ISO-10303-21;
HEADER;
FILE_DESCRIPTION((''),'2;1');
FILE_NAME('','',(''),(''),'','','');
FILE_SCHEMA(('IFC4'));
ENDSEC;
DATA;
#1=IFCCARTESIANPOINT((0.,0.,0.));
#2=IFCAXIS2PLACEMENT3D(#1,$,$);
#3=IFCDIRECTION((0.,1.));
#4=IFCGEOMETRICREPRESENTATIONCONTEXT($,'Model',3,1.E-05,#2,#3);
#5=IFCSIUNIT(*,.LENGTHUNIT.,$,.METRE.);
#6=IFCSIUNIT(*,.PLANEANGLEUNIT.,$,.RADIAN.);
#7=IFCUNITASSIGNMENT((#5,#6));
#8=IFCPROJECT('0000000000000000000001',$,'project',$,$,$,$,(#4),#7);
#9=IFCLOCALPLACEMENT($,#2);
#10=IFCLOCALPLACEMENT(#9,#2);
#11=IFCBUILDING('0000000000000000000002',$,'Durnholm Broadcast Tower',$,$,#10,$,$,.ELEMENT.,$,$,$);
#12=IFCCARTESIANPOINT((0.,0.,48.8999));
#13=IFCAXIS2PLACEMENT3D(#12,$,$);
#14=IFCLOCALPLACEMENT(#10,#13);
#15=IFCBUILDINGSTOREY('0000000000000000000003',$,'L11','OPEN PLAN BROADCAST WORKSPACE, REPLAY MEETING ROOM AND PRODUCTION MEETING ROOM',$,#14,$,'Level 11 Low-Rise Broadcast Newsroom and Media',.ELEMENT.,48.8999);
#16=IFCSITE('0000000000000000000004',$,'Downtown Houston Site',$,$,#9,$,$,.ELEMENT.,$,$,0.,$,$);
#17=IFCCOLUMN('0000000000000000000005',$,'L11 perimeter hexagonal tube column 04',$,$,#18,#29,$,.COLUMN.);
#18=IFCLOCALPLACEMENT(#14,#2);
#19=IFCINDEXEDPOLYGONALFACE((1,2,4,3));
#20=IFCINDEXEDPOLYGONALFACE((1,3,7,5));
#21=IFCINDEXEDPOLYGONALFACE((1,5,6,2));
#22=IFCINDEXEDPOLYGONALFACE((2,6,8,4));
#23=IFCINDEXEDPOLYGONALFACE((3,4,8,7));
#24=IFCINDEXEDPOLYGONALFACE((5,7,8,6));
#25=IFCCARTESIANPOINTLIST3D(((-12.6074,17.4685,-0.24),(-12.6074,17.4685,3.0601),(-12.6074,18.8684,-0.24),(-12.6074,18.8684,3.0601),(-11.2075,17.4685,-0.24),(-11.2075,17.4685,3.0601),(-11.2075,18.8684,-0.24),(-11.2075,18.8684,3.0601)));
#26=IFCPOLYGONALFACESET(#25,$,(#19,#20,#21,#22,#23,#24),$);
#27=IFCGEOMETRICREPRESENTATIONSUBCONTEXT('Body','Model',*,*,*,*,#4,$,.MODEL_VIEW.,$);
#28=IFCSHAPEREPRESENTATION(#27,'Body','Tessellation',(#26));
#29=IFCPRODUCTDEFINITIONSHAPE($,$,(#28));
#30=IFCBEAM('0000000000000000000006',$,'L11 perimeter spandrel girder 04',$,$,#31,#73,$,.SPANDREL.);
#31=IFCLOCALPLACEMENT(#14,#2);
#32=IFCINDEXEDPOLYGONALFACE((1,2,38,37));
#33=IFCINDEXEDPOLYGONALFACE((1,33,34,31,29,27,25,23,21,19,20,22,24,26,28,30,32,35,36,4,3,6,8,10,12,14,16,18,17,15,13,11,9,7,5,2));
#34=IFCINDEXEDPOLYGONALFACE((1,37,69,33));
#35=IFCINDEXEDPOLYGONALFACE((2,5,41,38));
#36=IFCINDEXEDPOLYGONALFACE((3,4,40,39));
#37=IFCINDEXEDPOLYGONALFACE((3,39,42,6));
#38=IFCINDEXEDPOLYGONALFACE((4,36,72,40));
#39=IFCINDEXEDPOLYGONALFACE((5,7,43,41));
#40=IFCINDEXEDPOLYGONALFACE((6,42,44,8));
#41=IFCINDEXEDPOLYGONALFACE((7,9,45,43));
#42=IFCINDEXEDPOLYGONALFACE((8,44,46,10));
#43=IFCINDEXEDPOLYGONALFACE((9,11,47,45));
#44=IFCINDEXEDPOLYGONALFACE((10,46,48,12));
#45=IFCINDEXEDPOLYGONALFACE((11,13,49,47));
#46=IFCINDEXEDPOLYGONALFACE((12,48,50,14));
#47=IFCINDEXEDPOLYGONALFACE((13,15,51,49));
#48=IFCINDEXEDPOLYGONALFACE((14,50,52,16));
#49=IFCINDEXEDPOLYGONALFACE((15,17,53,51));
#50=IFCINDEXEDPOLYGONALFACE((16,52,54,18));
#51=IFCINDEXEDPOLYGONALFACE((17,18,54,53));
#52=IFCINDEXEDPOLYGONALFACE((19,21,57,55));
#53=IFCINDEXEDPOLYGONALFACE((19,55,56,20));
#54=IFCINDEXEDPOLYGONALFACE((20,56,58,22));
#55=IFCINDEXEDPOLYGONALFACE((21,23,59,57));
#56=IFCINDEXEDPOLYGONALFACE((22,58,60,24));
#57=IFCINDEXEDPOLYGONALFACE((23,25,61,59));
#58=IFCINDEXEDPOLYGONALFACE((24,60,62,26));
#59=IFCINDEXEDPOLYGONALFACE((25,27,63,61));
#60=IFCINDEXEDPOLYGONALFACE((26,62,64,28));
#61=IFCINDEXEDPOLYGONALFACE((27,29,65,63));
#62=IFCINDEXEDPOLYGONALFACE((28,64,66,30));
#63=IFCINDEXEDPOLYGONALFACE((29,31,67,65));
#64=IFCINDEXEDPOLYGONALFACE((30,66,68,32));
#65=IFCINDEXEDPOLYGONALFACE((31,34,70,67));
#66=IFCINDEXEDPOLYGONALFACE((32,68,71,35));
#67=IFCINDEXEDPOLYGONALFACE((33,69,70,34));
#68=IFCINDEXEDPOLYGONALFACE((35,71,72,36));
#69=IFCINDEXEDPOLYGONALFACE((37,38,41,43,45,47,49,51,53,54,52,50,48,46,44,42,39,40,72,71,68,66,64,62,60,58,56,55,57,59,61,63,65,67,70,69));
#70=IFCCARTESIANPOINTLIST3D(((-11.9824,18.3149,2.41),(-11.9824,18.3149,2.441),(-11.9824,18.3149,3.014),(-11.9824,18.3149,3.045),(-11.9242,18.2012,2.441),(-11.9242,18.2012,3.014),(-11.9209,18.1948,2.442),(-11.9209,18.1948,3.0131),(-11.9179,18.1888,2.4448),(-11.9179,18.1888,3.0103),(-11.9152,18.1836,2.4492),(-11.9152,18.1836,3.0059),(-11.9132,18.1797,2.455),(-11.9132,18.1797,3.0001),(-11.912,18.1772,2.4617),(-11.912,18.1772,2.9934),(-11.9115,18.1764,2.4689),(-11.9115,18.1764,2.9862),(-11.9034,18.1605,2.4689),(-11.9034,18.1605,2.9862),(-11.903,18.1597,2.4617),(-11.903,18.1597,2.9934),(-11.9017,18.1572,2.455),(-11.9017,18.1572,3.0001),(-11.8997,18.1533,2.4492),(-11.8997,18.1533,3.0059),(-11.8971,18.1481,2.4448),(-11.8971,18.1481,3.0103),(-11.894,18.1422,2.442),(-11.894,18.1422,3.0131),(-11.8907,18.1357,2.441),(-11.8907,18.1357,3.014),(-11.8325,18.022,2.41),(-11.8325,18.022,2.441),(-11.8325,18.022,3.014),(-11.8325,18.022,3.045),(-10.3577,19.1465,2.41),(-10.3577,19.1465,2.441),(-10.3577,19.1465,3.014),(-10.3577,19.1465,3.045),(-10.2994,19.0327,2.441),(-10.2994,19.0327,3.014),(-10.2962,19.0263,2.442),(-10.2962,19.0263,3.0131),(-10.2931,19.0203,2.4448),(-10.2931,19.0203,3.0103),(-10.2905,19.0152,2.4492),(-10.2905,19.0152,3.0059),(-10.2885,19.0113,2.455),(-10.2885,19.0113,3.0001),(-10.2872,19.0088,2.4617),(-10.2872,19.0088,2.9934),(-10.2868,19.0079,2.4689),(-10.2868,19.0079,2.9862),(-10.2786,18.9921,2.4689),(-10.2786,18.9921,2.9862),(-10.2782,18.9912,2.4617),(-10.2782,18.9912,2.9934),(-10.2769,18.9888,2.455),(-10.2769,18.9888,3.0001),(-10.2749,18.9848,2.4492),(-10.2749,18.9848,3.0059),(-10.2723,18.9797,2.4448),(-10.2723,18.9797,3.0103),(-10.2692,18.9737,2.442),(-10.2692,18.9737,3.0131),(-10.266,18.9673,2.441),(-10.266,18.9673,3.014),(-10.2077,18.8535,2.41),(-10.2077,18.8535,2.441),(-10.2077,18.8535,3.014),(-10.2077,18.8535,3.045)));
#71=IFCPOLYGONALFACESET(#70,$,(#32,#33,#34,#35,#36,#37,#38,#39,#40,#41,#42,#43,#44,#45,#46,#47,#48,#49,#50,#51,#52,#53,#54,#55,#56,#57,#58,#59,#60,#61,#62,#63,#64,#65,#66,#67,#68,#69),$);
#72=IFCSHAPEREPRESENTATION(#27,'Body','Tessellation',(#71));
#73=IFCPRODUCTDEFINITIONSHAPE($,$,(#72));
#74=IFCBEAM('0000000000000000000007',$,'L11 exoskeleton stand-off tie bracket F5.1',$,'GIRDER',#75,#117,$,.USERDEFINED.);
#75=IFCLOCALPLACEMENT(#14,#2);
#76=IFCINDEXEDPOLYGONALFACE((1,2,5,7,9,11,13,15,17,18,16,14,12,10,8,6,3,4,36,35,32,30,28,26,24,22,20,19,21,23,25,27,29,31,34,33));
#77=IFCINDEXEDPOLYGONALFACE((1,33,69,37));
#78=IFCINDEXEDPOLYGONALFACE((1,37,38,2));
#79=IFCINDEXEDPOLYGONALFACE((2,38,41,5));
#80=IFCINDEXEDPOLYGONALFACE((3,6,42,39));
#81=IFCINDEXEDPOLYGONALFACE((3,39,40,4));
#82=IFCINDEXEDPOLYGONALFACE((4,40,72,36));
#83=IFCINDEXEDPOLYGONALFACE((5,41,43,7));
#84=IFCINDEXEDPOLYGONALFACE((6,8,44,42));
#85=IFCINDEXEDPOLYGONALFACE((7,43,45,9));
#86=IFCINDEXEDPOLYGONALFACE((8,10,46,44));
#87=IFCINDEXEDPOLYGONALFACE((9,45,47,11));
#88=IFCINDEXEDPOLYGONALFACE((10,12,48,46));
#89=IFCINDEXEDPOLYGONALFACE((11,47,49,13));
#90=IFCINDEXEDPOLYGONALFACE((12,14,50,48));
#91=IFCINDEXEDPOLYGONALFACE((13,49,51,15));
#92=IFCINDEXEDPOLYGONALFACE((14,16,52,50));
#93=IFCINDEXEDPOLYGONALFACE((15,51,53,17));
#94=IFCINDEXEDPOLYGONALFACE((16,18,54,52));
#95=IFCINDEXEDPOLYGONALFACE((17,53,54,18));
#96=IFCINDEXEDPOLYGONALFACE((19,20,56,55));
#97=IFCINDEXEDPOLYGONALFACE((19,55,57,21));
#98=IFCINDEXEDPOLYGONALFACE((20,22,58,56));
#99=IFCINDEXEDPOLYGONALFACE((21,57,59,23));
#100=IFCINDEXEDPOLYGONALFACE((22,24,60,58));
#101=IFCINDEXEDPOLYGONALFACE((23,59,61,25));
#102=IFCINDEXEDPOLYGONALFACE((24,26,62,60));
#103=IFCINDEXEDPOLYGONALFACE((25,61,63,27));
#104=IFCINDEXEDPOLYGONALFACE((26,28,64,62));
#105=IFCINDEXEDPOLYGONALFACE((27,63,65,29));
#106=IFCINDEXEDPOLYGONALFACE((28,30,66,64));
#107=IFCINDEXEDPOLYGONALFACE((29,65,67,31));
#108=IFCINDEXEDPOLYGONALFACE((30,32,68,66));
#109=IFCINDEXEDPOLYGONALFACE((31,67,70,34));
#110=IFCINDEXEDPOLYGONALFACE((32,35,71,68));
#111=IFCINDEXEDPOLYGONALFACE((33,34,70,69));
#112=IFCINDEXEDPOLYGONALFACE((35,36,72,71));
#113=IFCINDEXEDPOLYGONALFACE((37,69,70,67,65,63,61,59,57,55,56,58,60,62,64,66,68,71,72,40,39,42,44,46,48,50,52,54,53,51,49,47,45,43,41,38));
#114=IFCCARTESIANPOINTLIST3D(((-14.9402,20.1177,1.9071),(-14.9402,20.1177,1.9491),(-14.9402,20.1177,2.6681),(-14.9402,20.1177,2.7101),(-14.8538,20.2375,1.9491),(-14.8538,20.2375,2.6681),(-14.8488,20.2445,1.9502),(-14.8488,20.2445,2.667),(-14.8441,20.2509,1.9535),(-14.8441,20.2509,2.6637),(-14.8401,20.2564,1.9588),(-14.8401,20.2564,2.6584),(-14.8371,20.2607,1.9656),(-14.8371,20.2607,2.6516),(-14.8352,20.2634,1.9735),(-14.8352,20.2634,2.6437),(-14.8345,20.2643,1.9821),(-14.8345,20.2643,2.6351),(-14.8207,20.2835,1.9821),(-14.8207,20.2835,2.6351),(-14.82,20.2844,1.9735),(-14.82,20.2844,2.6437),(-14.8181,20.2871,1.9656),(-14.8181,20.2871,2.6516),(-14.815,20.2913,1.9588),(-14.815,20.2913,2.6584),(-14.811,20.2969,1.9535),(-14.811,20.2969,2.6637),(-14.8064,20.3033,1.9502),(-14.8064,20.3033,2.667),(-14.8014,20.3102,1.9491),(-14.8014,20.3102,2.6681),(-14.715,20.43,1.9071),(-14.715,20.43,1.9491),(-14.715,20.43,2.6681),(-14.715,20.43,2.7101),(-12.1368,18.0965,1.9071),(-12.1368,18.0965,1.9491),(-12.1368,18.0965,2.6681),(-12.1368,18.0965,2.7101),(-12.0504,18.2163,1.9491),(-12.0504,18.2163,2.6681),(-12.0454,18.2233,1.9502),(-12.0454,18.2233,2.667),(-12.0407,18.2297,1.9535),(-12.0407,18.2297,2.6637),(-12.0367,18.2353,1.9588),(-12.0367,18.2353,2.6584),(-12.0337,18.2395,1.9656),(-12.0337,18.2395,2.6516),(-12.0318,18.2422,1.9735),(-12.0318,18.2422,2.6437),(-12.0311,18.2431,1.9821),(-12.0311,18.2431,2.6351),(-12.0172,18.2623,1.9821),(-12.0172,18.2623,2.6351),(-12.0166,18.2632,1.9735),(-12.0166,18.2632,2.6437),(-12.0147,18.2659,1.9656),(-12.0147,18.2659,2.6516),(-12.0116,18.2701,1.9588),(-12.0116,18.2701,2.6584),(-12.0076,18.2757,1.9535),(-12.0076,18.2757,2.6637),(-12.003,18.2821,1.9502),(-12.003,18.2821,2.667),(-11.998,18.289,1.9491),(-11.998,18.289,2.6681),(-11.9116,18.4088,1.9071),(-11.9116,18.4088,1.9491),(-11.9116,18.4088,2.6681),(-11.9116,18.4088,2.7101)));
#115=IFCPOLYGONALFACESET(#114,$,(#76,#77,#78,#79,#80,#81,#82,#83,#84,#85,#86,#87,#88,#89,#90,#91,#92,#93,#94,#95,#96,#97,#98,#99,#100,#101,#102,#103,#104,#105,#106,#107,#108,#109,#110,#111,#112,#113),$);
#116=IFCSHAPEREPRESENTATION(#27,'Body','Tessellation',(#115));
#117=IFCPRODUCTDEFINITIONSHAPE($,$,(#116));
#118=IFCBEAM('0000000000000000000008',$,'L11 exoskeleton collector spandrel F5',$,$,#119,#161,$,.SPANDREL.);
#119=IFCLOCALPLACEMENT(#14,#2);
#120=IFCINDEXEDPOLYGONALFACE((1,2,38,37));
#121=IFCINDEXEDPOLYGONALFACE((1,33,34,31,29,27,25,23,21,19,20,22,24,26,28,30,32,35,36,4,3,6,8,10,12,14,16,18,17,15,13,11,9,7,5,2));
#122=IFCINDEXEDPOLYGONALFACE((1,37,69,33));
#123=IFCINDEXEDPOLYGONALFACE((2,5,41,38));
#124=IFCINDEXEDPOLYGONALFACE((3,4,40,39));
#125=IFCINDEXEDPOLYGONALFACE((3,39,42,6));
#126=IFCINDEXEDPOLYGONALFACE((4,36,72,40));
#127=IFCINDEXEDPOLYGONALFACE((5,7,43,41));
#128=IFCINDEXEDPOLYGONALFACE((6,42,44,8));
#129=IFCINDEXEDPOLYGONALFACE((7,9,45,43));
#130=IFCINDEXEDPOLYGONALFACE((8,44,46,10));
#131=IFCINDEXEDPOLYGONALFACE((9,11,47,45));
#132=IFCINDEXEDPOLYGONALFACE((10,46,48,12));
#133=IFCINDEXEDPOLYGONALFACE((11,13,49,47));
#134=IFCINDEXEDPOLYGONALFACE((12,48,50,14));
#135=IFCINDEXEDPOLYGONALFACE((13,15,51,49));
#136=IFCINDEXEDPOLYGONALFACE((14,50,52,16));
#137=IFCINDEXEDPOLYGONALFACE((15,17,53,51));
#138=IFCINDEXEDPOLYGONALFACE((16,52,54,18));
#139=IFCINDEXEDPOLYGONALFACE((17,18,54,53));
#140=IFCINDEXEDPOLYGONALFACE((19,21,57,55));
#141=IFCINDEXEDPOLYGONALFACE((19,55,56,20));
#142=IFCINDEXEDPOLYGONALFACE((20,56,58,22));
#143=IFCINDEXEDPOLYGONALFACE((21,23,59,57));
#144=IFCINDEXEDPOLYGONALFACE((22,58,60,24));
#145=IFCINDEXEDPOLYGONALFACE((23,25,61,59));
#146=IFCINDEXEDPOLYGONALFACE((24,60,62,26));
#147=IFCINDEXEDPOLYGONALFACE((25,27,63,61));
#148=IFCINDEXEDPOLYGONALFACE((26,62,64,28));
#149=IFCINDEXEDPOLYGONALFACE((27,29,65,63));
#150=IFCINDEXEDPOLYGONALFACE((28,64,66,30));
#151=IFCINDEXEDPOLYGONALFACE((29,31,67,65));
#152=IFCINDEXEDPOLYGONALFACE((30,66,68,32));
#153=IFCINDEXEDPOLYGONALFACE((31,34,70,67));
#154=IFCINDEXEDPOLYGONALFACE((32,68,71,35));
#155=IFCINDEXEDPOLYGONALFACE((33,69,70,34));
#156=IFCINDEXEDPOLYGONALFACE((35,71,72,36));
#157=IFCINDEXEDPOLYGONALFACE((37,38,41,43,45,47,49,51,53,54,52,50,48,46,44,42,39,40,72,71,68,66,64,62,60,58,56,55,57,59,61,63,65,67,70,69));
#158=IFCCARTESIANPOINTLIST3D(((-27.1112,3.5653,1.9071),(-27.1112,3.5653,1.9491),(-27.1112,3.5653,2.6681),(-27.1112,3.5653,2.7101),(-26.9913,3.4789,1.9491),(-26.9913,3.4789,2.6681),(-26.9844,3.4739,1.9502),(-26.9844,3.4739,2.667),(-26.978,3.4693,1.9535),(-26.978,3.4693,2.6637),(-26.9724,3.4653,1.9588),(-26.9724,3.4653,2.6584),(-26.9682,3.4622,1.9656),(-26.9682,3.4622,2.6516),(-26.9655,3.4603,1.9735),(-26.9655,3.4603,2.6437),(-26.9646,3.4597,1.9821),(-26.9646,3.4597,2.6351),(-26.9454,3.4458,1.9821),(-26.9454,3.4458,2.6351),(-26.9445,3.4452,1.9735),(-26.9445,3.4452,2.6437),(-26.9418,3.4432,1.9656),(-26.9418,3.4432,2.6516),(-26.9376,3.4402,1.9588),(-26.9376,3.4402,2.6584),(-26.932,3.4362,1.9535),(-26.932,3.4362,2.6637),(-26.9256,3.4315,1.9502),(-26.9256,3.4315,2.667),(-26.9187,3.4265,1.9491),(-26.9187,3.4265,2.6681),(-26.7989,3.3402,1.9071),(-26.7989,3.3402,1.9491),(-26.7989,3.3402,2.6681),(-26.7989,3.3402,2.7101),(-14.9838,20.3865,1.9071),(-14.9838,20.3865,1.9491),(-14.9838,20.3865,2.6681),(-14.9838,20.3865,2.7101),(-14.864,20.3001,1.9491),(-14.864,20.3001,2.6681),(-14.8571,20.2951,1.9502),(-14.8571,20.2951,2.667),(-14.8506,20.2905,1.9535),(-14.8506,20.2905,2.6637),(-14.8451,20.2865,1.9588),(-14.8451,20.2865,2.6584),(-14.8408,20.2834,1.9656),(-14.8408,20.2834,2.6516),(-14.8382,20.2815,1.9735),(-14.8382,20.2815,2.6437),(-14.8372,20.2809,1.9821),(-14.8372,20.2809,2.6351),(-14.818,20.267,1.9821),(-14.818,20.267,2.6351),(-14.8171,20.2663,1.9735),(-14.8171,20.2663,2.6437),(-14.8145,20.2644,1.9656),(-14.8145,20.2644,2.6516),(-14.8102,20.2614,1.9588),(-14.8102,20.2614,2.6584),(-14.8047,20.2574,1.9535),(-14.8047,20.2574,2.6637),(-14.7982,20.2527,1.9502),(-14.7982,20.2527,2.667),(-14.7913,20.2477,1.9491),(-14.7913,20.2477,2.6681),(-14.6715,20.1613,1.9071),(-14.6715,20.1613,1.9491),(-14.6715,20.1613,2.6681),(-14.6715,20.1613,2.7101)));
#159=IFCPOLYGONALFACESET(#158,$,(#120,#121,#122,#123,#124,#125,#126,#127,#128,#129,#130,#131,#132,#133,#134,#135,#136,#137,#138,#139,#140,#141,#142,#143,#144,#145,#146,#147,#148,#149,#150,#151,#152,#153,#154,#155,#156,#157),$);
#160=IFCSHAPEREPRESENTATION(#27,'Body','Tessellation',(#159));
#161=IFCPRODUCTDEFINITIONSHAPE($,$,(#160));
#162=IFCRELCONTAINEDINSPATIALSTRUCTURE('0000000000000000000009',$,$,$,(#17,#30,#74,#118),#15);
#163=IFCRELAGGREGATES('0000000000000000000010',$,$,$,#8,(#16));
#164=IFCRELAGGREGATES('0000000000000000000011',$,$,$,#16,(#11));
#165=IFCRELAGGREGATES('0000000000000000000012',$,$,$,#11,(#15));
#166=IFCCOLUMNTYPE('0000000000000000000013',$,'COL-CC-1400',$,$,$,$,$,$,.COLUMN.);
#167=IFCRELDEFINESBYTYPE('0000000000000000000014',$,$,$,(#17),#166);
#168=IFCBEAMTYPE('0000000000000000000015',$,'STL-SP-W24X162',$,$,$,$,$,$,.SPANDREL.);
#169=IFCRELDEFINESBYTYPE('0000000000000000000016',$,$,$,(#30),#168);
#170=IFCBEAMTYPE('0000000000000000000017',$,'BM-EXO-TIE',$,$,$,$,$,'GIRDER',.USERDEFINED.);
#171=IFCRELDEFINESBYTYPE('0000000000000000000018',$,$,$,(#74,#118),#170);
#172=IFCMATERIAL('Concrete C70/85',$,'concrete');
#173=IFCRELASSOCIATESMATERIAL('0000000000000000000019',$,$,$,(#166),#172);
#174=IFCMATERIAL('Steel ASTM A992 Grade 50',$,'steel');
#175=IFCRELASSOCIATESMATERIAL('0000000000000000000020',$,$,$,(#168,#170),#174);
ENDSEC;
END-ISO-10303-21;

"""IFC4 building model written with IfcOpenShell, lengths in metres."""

from ifc_helpers import new_model, si_unit, direction, frame, origin, origin_2d, place, context, subcontext, project, spatial, rectangle, i_section, extrude, source, transform, mapped, material, material_profile, profile_set, type_object, type_shapes, element, save


model = new_model("IFC4")

# Units and contexts
model_context = context("Model", 3, precision=1e-05, world=origin(), true_north=direction((0.0, 1.0)))
body_context = subcontext(model_context, "Body", "Model", "MODEL_VIEW")
ifc_project = project(units=[si_unit("LENGTHUNIT", "METRE"), si_unit("PLANEANGLEUNIT", "RADIAN")], contexts=[model_context])

# Site, building, storey
site_placement = place(None, origin())
site = spatial("IfcSite", under=ifc_project, at=site_placement, Name="Downtown Houston Site", CompositionType="ELEMENT", RefElevation=0.0)
building_placement = place(site_placement, origin())
building = spatial("IfcBuilding", under=site, at=building_placement, Name="Durnholm Broadcast Tower", CompositionType="ELEMENT")
storey_placement = place(building_placement, frame((0.0, 0.0, 48.8999)))
storey = spatial("IfcBuildingStorey", under=building, at=storey_placement, Name="L11", Description="OPEN PLAN BROADCAST WORKSPACE, REPLAY MEETING ROOM AND PRODUCTION MEETING ROOM", LongName="Level 11 Low-Rise Broadcast Newsroom and Media", CompositionType="ELEMENT", Elevation=48.8999)

# Column
ifc_material_1 = material(Name="Concrete C70/85", Category="concrete")
ifc_material_profile_1 = material_profile(ifc_material_1, rectangle(XDim=1.3999, YDim=1.3999, at=origin_2d()), Name="RC1400X1400")
ifc_profile_set_1 = profile_set([ifc_material_profile_1], Name="Concrete C70/85")
column_type = type_object("IfcColumnType", Name="COL-CC-1400", PredefinedType="COLUMN", material=ifc_profile_set_1)
shared_shape_1 = source(origin(), body_context, "Body", "SweptSolid", [
    extrude(rectangle(XDim=1.3999, YDim=1.3999, at=origin_2d()), origin(), (0.0, 0.0, 1.0), 3.3),
])
type_shapes(column_type, [shared_shape_1])
column_placement = place(storey_placement, frame((-11.9075, 18.1685, -0.24), z_axis=(0.0, 0.0, 1.0), x_axis=(1.0, 0.0, 0.0)))
element("IfcColumn", 1, at=column_placement, inside=storey, type_object=column_type, Name="L11 perimeter hexagonal tube column 04", PredefinedType="COLUMN", context=body_context, shape_type="MappedRepresentation", body=[
    mapped(shared_shape_1, transform((0.0, 0.0, 0.0), x_axis=(1.0, 0.0, 0.0), y_axis=(0.0, 1.0, 0.0), z_axis=(0.0, 0.0, 1.0), scale=1.0)),
])

# Beams
ifc_material_2 = material(Name="Steel ASTM A992 Grade 50", Category="steel")
ifc_material_profile_2 = material_profile(ifc_material_2, i_section(OverallWidth=0.3291, OverallDepth=0.635, WebThickness=0.0178, FlangeThickness=0.031, FilletRadius=0.0278, at=origin_2d()), Name="W24X162")
ifc_profile_set_2 = profile_set([ifc_material_profile_2], Name="Steel ASTM A992 Grade 50")
beam_type_1 = type_object("IfcBeamType", Name="STL-SP-W24X162", PredefinedType="SPANDREL", material=ifc_profile_set_2)
shared_shape_2 = source(origin(), body_context, "Body", "SweptSolid", [
    extrude(i_section(OverallWidth=0.3291, OverallDepth=0.635, WebThickness=0.0178, FlangeThickness=0.031, FilletRadius=0.0278, at=origin_2d()), origin(), (0.0, 0.0, 1.0), 1.8252),
])
type_shapes(beam_type_1, [shared_shape_2])
beam_1_placement = place(storey_placement, frame((-11.9075, 18.1685, 2.7275), z_axis=(0.890188, 0.455594, 0.0), x_axis=(-0.455594, 0.890188, 0.0)))
element("IfcBeam", 2, at=beam_1_placement, inside=storey, type_object=beam_type_1, Name="L11 perimeter spandrel girder 04", PredefinedType="SPANDREL", context=body_context, shape_type="MappedRepresentation", body=[
    mapped(shared_shape_2, transform((0.0, 0.0, 0.0), x_axis=(1.0, 0.0, 0.0), y_axis=(0.0, 1.0, 0.0), z_axis=(0.0, 0.0, 1.0), scale=1.0)),
])
ifc_material_profile_3 = material_profile(ifc_material_2, i_section(OverallWidth=0.385, OverallDepth=0.803, WebThickness=0.0237, FlangeThickness=0.042, FilletRadius=0.033, at=origin_2d()), Name="W30X261")
ifc_profile_set_3 = profile_set([ifc_material_profile_3], Name="Steel ASTM A992 Grade 50")
beam_type_2 = type_object("IfcBeamType", Name="BM-EXO-TIE", ElementType="GIRDER", PredefinedType="USERDEFINED", material=ifc_profile_set_3)
shared_shape_3 = source(origin(), body_context, "Body", "SweptSolid", [
    extrude(i_section(OverallWidth=0.385, OverallDepth=0.803, WebThickness=0.0237, FlangeThickness=0.042, FilletRadius=0.033, at=origin_2d()), origin(), (0.0, 0.0, 1.0), 3.4561),
])
beam_2_placement = place(storey_placement, frame((-12.0242, 18.2527, 2.3086), z_axis=(-0.811158, 0.584828, 0.0), x_axis=(-0.584828, -0.811158, 0.0)))
element("IfcBeam", 3, at=beam_2_placement, inside=storey, type_object=beam_type_2, Name="L11 exoskeleton stand-off tie bracket F5.1", ObjectType="GIRDER", PredefinedType="USERDEFINED", context=body_context, shape_type="MappedRepresentation", body=[
    mapped(shared_shape_3, transform((0.0, 0.0, 0.0), x_axis=(1.0, 0.0, 0.0), y_axis=(0.0, 1.0, 0.0), z_axis=(0.0, 0.0, 1.0), scale=1.0)),
])
shared_shape_4 = source(origin(), body_context, "Body", "SweptSolid", [
    extrude(i_section(OverallWidth=0.385, OverallDepth=0.803, WebThickness=0.0237, FlangeThickness=0.042, FilletRadius=0.033, at=origin_2d()), origin(), (0.0, 0.0, 1.0), 20.7371),
])
type_shapes(beam_type_2, [shared_shape_3, shared_shape_4])
beam_3_placement = place(storey_placement, frame((-14.8276, 20.2739, 2.3086), z_axis=(-0.584816, -0.811166, 0.0), x_axis=(0.811166, -0.584816, 0.0)))
element("IfcBeam", 4, at=beam_3_placement, inside=storey, type_object=beam_type_2, Name="L11 exoskeleton collector spandrel F5", PredefinedType="SPANDREL", context=body_context, shape_type="MappedRepresentation", body=[
    mapped(shared_shape_4, transform((0.0, 0.0, 0.0), x_axis=(1.0, 0.0, 0.0), y_axis=(0.0, 1.0, 0.0), z_axis=(0.0, 0.0, 1.0), scale=1.0)),
])

save(model, "model.ifc")
